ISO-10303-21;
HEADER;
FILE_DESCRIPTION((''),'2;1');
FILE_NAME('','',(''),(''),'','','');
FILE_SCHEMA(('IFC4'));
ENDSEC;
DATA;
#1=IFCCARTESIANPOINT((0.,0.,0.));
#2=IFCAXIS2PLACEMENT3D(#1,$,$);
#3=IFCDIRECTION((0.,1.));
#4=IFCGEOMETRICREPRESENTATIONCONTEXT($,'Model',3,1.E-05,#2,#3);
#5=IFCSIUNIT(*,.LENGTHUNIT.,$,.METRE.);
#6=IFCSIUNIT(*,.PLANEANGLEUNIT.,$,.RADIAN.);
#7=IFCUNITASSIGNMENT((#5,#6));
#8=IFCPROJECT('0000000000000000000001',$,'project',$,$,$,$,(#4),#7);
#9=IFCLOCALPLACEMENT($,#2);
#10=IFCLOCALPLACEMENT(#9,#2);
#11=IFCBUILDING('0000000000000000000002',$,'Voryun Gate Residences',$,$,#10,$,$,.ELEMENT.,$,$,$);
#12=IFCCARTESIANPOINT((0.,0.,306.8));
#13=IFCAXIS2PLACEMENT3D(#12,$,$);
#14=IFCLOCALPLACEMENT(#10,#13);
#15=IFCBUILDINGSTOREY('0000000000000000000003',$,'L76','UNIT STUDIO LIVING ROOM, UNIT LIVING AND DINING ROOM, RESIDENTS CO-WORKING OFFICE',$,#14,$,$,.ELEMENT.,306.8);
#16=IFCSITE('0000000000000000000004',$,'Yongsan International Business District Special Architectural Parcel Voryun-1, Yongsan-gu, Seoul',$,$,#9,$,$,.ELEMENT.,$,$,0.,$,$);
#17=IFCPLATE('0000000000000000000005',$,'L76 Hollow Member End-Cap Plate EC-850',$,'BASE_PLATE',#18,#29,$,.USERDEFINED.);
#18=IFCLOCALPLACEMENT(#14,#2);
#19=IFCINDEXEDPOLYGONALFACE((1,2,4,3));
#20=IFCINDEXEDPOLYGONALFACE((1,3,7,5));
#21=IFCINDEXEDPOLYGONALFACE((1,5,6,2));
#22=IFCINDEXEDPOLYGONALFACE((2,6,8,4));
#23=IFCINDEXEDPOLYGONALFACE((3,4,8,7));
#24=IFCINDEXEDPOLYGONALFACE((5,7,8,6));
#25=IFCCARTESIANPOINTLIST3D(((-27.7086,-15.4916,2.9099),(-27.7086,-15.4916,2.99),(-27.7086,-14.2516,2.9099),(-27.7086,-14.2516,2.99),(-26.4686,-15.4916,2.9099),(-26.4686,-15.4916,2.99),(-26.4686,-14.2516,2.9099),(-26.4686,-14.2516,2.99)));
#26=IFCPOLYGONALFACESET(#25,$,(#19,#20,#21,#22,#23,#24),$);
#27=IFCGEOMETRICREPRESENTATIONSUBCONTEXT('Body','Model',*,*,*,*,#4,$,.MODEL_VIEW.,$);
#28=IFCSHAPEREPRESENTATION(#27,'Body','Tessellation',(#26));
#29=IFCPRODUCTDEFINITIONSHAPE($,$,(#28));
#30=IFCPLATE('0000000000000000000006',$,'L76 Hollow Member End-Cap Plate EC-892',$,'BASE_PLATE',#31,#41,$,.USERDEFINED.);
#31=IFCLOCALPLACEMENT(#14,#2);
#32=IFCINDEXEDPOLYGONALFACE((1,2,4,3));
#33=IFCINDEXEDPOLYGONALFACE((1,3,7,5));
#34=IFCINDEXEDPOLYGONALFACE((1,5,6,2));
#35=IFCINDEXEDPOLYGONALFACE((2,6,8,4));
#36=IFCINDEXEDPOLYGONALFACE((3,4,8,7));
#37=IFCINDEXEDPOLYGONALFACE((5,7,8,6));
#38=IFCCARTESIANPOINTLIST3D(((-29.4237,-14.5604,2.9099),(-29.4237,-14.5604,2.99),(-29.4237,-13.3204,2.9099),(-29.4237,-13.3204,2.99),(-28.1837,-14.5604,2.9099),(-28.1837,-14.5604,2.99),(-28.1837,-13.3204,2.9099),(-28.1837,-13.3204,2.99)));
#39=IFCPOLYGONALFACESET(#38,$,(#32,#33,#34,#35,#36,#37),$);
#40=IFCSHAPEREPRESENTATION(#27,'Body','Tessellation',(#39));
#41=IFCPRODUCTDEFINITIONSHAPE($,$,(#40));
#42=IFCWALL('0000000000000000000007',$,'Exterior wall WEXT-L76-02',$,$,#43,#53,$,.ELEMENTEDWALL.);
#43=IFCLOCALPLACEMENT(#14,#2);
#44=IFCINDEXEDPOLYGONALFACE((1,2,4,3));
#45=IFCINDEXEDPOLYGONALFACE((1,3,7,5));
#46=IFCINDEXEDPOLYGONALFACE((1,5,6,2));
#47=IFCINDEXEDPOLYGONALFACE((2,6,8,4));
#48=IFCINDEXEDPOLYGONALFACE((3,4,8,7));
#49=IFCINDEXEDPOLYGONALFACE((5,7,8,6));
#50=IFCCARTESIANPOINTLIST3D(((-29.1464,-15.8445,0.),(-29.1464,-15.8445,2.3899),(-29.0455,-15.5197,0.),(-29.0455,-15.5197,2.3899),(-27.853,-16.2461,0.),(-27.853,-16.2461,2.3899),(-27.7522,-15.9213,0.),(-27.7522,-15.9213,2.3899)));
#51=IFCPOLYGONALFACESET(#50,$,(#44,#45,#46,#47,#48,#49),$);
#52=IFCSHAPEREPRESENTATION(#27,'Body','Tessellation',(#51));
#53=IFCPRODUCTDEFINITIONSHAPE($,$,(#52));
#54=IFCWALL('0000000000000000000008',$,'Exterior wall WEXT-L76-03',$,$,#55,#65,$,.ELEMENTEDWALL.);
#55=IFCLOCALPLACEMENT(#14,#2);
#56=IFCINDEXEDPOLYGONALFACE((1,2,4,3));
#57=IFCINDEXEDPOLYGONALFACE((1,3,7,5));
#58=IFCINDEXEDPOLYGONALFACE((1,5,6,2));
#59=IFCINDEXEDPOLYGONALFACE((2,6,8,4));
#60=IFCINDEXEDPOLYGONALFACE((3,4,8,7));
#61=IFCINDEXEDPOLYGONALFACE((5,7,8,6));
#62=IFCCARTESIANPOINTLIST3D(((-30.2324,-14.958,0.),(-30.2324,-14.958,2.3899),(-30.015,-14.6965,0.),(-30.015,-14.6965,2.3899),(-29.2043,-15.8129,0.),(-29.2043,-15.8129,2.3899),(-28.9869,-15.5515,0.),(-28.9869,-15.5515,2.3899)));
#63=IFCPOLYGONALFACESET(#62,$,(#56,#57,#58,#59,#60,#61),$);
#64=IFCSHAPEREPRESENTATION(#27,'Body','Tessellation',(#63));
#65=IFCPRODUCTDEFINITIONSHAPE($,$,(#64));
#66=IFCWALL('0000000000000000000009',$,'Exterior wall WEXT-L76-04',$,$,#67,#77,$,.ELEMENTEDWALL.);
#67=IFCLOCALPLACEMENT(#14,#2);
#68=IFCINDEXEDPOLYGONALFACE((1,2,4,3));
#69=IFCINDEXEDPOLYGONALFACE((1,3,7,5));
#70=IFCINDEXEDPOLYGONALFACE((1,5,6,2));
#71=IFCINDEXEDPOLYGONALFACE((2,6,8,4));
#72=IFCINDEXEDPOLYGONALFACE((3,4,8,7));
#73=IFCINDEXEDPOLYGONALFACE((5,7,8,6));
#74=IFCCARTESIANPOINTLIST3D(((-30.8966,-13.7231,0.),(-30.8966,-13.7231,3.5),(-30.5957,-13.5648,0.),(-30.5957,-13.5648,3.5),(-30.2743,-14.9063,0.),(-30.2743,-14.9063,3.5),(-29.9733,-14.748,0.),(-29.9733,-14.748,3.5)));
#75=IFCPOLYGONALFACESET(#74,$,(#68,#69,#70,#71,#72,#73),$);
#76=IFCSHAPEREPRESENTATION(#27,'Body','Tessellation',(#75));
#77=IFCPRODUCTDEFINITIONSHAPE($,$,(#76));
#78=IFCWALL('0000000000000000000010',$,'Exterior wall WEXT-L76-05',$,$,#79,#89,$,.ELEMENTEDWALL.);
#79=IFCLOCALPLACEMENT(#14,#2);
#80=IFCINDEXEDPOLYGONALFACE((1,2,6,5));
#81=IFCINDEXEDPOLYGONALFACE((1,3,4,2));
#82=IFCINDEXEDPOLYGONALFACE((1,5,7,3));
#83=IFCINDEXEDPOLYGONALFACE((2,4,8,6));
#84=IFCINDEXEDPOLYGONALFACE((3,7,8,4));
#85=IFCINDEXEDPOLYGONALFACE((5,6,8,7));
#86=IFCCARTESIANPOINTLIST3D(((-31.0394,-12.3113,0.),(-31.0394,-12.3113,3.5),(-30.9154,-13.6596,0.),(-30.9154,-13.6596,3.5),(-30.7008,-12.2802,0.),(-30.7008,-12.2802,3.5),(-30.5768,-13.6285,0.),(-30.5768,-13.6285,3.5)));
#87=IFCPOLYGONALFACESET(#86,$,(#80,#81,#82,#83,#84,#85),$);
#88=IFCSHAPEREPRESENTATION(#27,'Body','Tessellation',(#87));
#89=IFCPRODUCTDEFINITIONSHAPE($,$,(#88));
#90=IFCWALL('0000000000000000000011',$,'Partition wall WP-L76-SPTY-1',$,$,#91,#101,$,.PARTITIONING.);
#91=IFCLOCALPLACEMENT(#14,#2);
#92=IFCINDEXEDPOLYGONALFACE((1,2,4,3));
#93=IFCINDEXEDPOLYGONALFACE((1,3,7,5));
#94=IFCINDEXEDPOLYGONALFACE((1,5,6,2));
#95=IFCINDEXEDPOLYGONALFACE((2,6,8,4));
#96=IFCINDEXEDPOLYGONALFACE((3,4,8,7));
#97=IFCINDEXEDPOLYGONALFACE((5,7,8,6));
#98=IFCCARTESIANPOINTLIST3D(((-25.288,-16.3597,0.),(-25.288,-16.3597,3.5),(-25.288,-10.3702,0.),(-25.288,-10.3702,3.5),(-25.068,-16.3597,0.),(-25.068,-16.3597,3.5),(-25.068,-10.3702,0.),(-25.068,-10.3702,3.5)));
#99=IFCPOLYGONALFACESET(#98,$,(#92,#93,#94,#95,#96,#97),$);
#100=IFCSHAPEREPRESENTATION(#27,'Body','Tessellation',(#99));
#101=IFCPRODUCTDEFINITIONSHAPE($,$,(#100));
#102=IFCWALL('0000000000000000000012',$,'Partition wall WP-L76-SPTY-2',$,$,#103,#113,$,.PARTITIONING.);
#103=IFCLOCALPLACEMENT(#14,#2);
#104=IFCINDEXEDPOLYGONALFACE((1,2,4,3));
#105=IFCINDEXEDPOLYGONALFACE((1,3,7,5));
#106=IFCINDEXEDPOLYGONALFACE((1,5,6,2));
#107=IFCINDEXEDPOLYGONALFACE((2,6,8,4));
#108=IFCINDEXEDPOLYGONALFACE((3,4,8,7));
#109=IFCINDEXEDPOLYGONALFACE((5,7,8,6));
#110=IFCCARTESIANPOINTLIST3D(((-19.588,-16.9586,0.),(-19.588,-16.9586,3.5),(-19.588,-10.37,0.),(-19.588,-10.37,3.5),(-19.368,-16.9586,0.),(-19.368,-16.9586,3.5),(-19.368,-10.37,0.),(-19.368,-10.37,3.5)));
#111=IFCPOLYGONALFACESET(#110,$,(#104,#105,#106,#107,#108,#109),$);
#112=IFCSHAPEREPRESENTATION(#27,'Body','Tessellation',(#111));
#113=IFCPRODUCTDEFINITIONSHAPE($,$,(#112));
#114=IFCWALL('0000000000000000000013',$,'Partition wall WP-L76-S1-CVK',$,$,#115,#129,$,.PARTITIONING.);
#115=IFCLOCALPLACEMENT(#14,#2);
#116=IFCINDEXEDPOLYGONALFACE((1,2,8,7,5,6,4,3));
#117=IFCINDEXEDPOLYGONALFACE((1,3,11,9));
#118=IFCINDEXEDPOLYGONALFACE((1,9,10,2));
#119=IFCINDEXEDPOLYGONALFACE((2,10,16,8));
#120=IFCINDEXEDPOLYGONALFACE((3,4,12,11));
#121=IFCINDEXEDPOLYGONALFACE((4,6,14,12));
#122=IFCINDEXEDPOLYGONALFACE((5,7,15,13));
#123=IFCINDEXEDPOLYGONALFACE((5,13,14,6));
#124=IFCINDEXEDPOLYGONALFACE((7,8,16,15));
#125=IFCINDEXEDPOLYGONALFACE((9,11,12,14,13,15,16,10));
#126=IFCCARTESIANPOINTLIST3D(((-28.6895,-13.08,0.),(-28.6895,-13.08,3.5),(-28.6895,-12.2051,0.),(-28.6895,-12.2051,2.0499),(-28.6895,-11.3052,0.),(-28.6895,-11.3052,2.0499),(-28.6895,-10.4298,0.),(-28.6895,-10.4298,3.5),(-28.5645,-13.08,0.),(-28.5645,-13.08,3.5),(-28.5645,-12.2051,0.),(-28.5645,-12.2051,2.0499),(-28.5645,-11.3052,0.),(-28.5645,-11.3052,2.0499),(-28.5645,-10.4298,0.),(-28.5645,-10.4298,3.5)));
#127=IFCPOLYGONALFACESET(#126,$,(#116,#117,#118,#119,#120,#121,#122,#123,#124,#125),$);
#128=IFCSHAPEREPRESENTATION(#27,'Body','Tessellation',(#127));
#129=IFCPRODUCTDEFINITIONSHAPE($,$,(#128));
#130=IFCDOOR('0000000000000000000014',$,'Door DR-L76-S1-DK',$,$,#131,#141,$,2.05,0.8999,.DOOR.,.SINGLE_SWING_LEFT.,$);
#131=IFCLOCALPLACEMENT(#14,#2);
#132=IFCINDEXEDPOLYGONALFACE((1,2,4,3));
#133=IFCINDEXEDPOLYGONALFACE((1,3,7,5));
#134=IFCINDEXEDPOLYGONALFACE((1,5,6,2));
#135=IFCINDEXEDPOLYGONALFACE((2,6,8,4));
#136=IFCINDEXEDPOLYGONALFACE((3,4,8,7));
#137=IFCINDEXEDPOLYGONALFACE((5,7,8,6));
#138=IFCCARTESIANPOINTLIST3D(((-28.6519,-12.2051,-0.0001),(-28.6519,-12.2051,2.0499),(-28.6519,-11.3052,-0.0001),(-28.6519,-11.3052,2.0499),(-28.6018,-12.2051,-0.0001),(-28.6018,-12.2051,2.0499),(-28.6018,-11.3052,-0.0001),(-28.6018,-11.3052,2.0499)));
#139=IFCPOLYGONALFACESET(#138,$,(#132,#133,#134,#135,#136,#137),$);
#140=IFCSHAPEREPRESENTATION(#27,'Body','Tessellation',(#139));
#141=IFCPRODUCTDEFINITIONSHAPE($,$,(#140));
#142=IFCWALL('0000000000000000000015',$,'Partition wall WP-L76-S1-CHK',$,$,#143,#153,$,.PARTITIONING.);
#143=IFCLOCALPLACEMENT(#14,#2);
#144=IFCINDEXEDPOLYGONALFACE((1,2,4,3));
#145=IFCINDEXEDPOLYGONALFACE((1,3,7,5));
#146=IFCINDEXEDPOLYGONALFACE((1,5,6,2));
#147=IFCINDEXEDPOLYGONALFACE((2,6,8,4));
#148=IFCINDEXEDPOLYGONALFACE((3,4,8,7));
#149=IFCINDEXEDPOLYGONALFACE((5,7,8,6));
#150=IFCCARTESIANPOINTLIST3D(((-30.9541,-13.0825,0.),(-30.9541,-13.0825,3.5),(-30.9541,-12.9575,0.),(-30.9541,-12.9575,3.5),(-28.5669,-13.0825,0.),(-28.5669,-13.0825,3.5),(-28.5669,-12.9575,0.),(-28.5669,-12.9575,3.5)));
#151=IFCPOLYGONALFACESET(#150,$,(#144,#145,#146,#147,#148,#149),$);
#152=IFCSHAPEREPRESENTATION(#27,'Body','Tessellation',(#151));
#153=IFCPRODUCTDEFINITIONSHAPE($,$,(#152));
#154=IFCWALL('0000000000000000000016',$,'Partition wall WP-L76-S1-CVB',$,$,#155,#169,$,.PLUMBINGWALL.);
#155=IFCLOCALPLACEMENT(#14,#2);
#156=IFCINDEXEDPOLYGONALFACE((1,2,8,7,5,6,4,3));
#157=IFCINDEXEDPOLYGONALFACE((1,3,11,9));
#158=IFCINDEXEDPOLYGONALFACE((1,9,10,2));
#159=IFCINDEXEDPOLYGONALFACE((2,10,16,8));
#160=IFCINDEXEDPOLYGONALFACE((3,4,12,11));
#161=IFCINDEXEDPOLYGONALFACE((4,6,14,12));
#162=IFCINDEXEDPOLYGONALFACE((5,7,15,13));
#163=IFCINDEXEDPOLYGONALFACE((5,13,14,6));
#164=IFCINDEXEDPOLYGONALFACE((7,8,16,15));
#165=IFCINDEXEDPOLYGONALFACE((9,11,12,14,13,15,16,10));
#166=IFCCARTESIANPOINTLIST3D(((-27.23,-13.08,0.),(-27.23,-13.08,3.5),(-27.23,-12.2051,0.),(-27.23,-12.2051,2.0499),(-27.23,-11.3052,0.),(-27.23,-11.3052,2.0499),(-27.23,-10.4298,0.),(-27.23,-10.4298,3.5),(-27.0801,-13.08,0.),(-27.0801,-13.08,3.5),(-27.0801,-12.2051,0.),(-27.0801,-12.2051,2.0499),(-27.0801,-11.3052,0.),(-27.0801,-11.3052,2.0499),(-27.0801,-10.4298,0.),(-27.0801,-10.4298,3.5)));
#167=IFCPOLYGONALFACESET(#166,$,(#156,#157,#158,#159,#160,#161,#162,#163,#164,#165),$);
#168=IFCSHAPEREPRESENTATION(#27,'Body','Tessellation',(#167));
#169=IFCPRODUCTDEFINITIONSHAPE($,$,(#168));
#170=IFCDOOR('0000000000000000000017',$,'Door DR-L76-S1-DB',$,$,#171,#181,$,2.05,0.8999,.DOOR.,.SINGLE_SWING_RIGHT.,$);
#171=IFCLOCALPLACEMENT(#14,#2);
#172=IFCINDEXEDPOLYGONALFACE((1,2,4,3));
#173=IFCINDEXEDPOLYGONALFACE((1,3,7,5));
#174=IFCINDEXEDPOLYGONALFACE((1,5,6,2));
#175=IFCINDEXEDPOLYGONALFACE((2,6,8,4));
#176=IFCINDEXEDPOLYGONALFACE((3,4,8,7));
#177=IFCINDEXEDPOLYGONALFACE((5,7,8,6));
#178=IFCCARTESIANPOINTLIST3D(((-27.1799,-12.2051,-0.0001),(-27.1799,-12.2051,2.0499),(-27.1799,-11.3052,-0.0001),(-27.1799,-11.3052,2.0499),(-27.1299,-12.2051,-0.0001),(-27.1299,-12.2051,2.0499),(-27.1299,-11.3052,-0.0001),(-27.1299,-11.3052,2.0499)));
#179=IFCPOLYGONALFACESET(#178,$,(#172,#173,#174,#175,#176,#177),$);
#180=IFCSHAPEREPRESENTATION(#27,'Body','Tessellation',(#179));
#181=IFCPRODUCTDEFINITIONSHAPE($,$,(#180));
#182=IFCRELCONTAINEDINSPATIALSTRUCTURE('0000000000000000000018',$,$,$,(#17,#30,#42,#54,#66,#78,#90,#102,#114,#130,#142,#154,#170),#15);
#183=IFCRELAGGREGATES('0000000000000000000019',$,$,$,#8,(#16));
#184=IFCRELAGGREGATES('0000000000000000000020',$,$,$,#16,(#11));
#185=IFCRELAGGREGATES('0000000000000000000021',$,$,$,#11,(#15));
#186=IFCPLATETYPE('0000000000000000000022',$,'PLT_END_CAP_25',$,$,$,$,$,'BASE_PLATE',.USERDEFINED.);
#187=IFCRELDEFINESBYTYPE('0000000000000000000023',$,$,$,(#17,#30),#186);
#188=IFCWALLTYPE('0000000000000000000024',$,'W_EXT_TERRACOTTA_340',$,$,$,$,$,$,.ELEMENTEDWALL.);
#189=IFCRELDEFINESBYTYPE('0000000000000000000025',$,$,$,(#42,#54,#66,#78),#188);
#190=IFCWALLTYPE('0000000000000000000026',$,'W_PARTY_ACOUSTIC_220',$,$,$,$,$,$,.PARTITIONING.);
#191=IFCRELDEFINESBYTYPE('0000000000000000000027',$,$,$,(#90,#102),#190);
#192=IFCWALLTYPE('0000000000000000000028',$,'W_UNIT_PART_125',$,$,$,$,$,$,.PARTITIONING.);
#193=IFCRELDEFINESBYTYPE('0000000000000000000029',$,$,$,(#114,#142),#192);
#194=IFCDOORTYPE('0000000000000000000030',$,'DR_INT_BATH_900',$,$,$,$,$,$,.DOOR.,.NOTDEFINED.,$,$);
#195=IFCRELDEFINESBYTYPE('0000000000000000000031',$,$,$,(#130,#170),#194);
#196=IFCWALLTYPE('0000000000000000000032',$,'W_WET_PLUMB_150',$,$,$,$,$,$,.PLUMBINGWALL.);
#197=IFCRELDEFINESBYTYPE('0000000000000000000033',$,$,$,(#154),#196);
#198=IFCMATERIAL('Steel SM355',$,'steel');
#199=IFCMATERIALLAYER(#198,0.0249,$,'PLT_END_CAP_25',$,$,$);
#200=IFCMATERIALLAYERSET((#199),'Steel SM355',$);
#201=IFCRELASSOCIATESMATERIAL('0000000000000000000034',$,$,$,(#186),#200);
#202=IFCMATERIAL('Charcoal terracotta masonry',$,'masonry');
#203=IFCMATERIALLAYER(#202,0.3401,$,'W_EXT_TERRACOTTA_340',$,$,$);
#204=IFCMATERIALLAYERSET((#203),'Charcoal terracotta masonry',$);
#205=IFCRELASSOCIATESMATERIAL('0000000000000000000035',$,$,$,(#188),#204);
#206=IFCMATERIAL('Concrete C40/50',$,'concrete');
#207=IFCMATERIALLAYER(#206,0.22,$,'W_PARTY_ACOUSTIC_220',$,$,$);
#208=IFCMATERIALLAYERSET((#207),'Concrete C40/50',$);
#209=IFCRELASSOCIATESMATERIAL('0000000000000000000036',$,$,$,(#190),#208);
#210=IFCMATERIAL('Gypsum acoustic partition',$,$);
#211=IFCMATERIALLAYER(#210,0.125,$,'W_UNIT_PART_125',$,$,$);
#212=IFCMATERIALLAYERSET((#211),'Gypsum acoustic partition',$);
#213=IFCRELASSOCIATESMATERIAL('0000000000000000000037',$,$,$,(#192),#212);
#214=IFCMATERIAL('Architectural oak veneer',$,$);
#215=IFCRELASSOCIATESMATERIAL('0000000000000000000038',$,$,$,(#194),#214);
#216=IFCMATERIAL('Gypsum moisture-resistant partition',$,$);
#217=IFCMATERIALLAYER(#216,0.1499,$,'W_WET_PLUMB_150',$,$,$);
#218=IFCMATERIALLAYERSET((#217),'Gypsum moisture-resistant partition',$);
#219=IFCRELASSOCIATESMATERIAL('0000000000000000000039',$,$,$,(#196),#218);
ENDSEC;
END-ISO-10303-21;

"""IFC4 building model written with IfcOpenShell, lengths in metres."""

from ifc_helpers import new_model, si_unit, direction, frame, frame_2d, origin, origin_2d, place, context, subcontext, project, spatial, rectangle, extrude, material, layer, layer_set, type_object, element, fill, save


model = new_model("IFC4")

# Units and contexts
model_context = context("Model", 3, precision=1e-05, world=origin(), true_north=direction((0.0, 1.0)))
body_context = subcontext(model_context, "Body", "Model", "MODEL_VIEW")
ifc_project = project(units=[si_unit("LENGTHUNIT", "METRE"), si_unit("PLANEANGLEUNIT", "RADIAN")], contexts=[model_context])

# Site, building, storey
site_placement = place(None, origin())
site = spatial("IfcSite", under=ifc_project, at=site_placement, Name="Yongsan International Business District Special Architectural Parcel Voryun-1, Yongsan-gu, Seoul", CompositionType="ELEMENT", RefElevation=0.0)
building_placement = place(site_placement, origin())
building = spatial("IfcBuilding", under=site, at=building_placement, Name="Voryun Gate Residences", CompositionType="ELEMENT")
storey_placement = place(building_placement, frame((0.0, 0.0, 306.8)))
storey = spatial("IfcBuildingStorey", under=building, at=storey_placement, Name="L76", Description="UNIT STUDIO LIVING ROOM, UNIT LIVING AND DINING ROOM, RESIDENTS CO-WORKING OFFICE", CompositionType="ELEMENT", Elevation=306.8)

# Plates
ifc_material_1 = material(Name="Steel SM355", Category="steel")
ifc_layer_1 = layer(ifc_material_1, 0.0249, Name="PLT_END_CAP_25")
ifc_layer_set_1 = layer_set([ifc_layer_1], Name="Steel SM355")
plate_type = type_object("IfcPlateType", Name="PLT_END_CAP_25", ElementType="BASE_PLATE", PredefinedType="USERDEFINED", material=ifc_layer_set_1)
for number, where, z_axis, x_axis, name in (
    (1, (-27.0886, -14.8716, 2.9099), (0.0, 0.0, 1.0), (1.0, 0.0, 0.0), "L76 Hollow Member End-Cap Plate EC-850"),
    (2, (-28.8037, -13.9404, 2.9099), (0.0, 0.0, 1.0), (1.0, 0.0, 0.0), "L76 Hollow Member End-Cap Plate EC-892"),
):
    element("IfcPlate", number, at=place(storey_placement, frame(where, z_axis=z_axis, x_axis=x_axis)), inside=storey, type_object=plate_type, Name=name, ObjectType="BASE_PLATE", PredefinedType="USERDEFINED", context=body_context, shape_type="SweptSolid", body=[
        extrude(rectangle(XDim=1.24, YDim=1.24, at=origin_2d()), origin(), (0.0, 0.0, 1.0), 0.0801),
    ])

# Walls
ifc_material_2 = material(Name="Charcoal terracotta masonry", Category="masonry")
ifc_layer_2 = layer(ifc_material_2, 0.3401, Name="W_EXT_TERRACOTTA_340")
ifc_layer_set_2 = layer_set([ifc_layer_2], Name="Charcoal terracotta masonry")
wall_type_1 = type_object("IfcWallType", Name="W_EXT_TERRACOTTA_340", PredefinedType="ELEMENTEDWALL", material=ifc_layer_set_2)
wall_1_placement = place(storey_placement, frame((-27.8025, -16.0837, 0.0), z_axis=(0.0, 0.0, 1.0), x_axis=(-0.955008, 0.296581, 0.0)))
element("IfcWall", 3, at=wall_1_placement, inside=storey, type_object=wall_type_1, Name="Exterior wall WEXT-L76-02", PredefinedType="ELEMENTEDWALL", context=body_context, shape_type="SweptSolid", body=[
    extrude(rectangle(XDim=1.3542, YDim=0.3401, at=frame_2d((0.6772, 0.0))), origin(), (0.0, 0.0, 1.0), 2.3899),
])
wall_2_placement = place(storey_placement, frame((-29.0957, -15.6821, 0.0), z_axis=(0.0, 0.0, 1.0), x_axis=(-0.768864, 0.639412, 0.0)))
element("IfcWall", 4, at=wall_2_placement, inside=storey, type_object=wall_type_1, Name="Exterior wall WEXT-L76-03", PredefinedType="ELEMENTEDWALL", context=body_context, shape_type="SweptSolid", body=[
    extrude(rectangle(XDim=1.3372, YDim=0.3401, at=frame_2d((0.6685, 0.0))), origin(), (0.0, 0.0, 1.0), 2.3899),
])
wall_3_placement = place(storey_placement, frame((-30.1238, -14.8271, 0.0), z_axis=(0.0, 0.0, 1.0), x_axis=(-0.465528, 0.885033, 0.0)))
element("IfcWall", 5, at=wall_3_placement, inside=storey, type_object=wall_type_1, Name="Exterior wall WEXT-L76-04", PredefinedType="ELEMENTEDWALL", context=body_context, shape_type="SweptSolid", body=[
    extrude(rectangle(XDim=1.3369, YDim=0.3401, at=frame_2d((0.6685, 0.0))), origin(), (0.0, 0.0, 1.0), 3.5),
])
wall_4_placement = place(storey_placement, frame((-30.7461, -13.644, 0.0), z_axis=(0.0, 0.0, 1.0), x_axis=(-0.091592, 0.995797, 0.0)))
element("IfcWall", 6, at=wall_4_placement, inside=storey, type_object=wall_type_1, Name="Exterior wall WEXT-L76-05", PredefinedType="ELEMENTEDWALL", context=body_context, shape_type="SweptSolid", body=[
    extrude(rectangle(XDim=1.354, YDim=0.3401, at=frame_2d((0.677, 0.0))), origin(), (0.0, 0.0, 1.0), 3.5),
])
ifc_material_3 = material(Name="Concrete C40/50", Category="concrete")
ifc_layer_3 = layer(ifc_material_3, 0.22, Name="W_PARTY_ACOUSTIC_220")
ifc_layer_set_3 = layer_set([ifc_layer_3], Name="Concrete C40/50")
wall_type_2 = type_object("IfcWallType", Name="W_PARTY_ACOUSTIC_220", PredefinedType="PARTITIONING", material=ifc_layer_set_3)
wall_5_placement = place(storey_placement, frame((-25.178, -16.3596, 0.0), z_axis=(0.0, 0.0, 1.0), x_axis=(0.0, 1.0, 0.0)))
element("IfcWall", 7, at=wall_5_placement, inside=storey, type_object=wall_type_2, Name="Partition wall WP-L76-SPTY-1", PredefinedType="PARTITIONING", context=body_context, shape_type="SweptSolid", body=[
    extrude(rectangle(XDim=5.9895, YDim=0.22, at=frame_2d((2.9946, 0.0))), origin(), (0.0, 0.0, 1.0), 3.5),
])
wall_6_placement = place(storey_placement, frame((-19.478, -16.9587, 0.0), z_axis=(0.0, 0.0, 1.0), x_axis=(0.0, 1.0, 0.0)))
element("IfcWall", 8, at=wall_6_placement, inside=storey, type_object=wall_type_2, Name="Partition wall WP-L76-SPTY-2", PredefinedType="PARTITIONING", context=body_context, shape_type="SweptSolid", body=[
    extrude(rectangle(XDim=6.5886, YDim=0.22, at=frame_2d((3.2944, 0.0))), origin(), (0.0, 0.0, 1.0), 3.5),
])

# Wall, opening, door
ifc_material_4 = material(Name="Gypsum acoustic partition")
ifc_layer_4 = layer(ifc_material_4, 0.125, Name="W_UNIT_PART_125")
ifc_layer_set_4 = layer_set([ifc_layer_4], Name="Gypsum acoustic partition")
wall_type_3 = type_object("IfcWallType", Name="W_UNIT_PART_125", PredefinedType="PARTITIONING", material=ifc_layer_set_4)
wall_7_placement = place(storey_placement, frame((-28.627, -13.0801, 0.0), z_axis=(0.0, 0.0, 1.0), x_axis=(0.0, 1.0, 0.0)))
wall_7 = element("IfcWall", 9, at=wall_7_placement, inside=storey, type_object=wall_type_3, Name="Partition wall WP-L76-S1-CVK", PredefinedType="PARTITIONING", context=body_context, shape_type="SweptSolid", body=[
    extrude(rectangle(XDim=2.6501, YDim=0.125, at=frame_2d((1.3252, 0.0))), origin(), (0.0, 0.0, 1.0), 3.5),
])
opening_1_placement = place(wall_7_placement, frame((0.875, 0.0, 0.0)))
opening_1 = element("IfcOpeningElement", 10, at=opening_1_placement, cuts=wall_7, PredefinedType="OPENING", context=body_context, shape_type="SweptSolid", body=[
    extrude(rectangle(XDim=0.8999, YDim=2.05, at=frame_2d((0.45, 1.0249))), frame((0.0, 0.0725, 0.0), z_axis=(0.0, -1.0, 0.0), x_axis=(1.0, 0.0, 0.0)), (0.0, 0.0, 1.0), 0.145),
])
ifc_material_5 = material(Name="Architectural oak veneer")
door_type = type_object("IfcDoorType", Name="DR_INT_BATH_900", OperationType="NOTDEFINED", PredefinedType="DOOR", material=ifc_material_5)
door_1_placement = place(opening_1_placement, origin())
door_1 = element("IfcDoor", 11, at=door_1_placement, inside=storey, type_object=door_type, Name="Door DR-L76-S1-DK", OperationType="SINGLE_SWING_LEFT", OverallHeight=2.05, OverallWidth=0.8999, PredefinedType="DOOR", context=body_context, shape_type="SweptSolid", body=[
    extrude(rectangle(XDim=0.8999, YDim=2.05, at=frame_2d((0.45, 1.0249))), frame((0.0, 0.0249, 0.0), z_axis=(0.0, -1.0, 0.0), x_axis=(1.0, 0.0, 0.0)), (0.0, 0.0, 1.0), 0.05),
])
fill(opening_1, door_1)

# Wall
wall_8_placement = place(storey_placement, frame((-30.9541, -13.02, 0.0), z_axis=(0.0, 0.0, 1.0), x_axis=(1.0, 0.0, 0.0)))
element("IfcWall", 12, at=wall_8_placement, inside=storey, type_object=wall_type_3, Name="Partition wall WP-L76-S1-CHK", PredefinedType="PARTITIONING", context=body_context, shape_type="SweptSolid", body=[
    extrude(rectangle(XDim=2.3872, YDim=0.125, at=frame_2d((1.1936, 0.0))), origin(), (0.0, 0.0, 1.0), 3.5),
])

# Wall, opening, door
ifc_material_6 = material(Name="Gypsum moisture-resistant partition")
ifc_layer_5 = layer(ifc_material_6, 0.1499, Name="W_WET_PLUMB_150")
ifc_layer_set_5 = layer_set([ifc_layer_5], Name="Gypsum moisture-resistant partition")
wall_type_4 = type_object("IfcWallType", Name="W_WET_PLUMB_150", PredefinedType="PLUMBINGWALL", material=ifc_layer_set_5)
wall_9_placement = place(storey_placement, frame((-27.155, -13.0801, 0.0), z_axis=(0.0, 0.0, 1.0), x_axis=(0.0, 1.0, 0.0)))
wall_9 = element("IfcWall", 13, at=wall_9_placement, inside=storey, type_object=wall_type_4, Name="Partition wall WP-L76-S1-CVB", PredefinedType="PLUMBINGWALL", context=body_context, shape_type="SweptSolid", body=[
    extrude(rectangle(XDim=2.6501, YDim=0.1499, at=frame_2d((1.3252, 0.0))), origin(), (0.0, 0.0, 1.0), 3.5),
])
opening_2_placement = place(wall_9_placement, frame((0.875, 0.0, 0.0)))
opening_2 = element("IfcOpeningElement", 14, at=opening_2_placement, cuts=wall_9, PredefinedType="OPENING", context=body_context, shape_type="SweptSolid", body=[
    extrude(rectangle(XDim=0.8999, YDim=2.05, at=frame_2d((0.45, 1.0249))), frame((0.0, 0.085, 0.0), z_axis=(0.0, -1.0, 0.0), x_axis=(1.0, 0.0, 0.0)), (0.0, 0.0, 1.0), 0.1699),
])
door_2_placement = place(opening_2_placement, origin())
door_2 = element("IfcDoor", 15, at=door_2_placement, inside=storey, type_object=door_type, Name="Door DR-L76-S1-DB", OperationType="SINGLE_SWING_RIGHT", OverallHeight=2.05, OverallWidth=0.8999, PredefinedType="DOOR", context=body_context, shape_type="SweptSolid", body=[
    extrude(rectangle(XDim=0.8999, YDim=2.05, at=frame_2d((0.45, 1.0249))), frame((0.0, 0.0249, 0.0), z_axis=(0.0, -1.0, 0.0), x_axis=(1.0, 0.0, 0.0)), (0.0, 0.0, 1.0), 0.05),
])
fill(opening_2, door_2)

save(model, "model.ifc")
